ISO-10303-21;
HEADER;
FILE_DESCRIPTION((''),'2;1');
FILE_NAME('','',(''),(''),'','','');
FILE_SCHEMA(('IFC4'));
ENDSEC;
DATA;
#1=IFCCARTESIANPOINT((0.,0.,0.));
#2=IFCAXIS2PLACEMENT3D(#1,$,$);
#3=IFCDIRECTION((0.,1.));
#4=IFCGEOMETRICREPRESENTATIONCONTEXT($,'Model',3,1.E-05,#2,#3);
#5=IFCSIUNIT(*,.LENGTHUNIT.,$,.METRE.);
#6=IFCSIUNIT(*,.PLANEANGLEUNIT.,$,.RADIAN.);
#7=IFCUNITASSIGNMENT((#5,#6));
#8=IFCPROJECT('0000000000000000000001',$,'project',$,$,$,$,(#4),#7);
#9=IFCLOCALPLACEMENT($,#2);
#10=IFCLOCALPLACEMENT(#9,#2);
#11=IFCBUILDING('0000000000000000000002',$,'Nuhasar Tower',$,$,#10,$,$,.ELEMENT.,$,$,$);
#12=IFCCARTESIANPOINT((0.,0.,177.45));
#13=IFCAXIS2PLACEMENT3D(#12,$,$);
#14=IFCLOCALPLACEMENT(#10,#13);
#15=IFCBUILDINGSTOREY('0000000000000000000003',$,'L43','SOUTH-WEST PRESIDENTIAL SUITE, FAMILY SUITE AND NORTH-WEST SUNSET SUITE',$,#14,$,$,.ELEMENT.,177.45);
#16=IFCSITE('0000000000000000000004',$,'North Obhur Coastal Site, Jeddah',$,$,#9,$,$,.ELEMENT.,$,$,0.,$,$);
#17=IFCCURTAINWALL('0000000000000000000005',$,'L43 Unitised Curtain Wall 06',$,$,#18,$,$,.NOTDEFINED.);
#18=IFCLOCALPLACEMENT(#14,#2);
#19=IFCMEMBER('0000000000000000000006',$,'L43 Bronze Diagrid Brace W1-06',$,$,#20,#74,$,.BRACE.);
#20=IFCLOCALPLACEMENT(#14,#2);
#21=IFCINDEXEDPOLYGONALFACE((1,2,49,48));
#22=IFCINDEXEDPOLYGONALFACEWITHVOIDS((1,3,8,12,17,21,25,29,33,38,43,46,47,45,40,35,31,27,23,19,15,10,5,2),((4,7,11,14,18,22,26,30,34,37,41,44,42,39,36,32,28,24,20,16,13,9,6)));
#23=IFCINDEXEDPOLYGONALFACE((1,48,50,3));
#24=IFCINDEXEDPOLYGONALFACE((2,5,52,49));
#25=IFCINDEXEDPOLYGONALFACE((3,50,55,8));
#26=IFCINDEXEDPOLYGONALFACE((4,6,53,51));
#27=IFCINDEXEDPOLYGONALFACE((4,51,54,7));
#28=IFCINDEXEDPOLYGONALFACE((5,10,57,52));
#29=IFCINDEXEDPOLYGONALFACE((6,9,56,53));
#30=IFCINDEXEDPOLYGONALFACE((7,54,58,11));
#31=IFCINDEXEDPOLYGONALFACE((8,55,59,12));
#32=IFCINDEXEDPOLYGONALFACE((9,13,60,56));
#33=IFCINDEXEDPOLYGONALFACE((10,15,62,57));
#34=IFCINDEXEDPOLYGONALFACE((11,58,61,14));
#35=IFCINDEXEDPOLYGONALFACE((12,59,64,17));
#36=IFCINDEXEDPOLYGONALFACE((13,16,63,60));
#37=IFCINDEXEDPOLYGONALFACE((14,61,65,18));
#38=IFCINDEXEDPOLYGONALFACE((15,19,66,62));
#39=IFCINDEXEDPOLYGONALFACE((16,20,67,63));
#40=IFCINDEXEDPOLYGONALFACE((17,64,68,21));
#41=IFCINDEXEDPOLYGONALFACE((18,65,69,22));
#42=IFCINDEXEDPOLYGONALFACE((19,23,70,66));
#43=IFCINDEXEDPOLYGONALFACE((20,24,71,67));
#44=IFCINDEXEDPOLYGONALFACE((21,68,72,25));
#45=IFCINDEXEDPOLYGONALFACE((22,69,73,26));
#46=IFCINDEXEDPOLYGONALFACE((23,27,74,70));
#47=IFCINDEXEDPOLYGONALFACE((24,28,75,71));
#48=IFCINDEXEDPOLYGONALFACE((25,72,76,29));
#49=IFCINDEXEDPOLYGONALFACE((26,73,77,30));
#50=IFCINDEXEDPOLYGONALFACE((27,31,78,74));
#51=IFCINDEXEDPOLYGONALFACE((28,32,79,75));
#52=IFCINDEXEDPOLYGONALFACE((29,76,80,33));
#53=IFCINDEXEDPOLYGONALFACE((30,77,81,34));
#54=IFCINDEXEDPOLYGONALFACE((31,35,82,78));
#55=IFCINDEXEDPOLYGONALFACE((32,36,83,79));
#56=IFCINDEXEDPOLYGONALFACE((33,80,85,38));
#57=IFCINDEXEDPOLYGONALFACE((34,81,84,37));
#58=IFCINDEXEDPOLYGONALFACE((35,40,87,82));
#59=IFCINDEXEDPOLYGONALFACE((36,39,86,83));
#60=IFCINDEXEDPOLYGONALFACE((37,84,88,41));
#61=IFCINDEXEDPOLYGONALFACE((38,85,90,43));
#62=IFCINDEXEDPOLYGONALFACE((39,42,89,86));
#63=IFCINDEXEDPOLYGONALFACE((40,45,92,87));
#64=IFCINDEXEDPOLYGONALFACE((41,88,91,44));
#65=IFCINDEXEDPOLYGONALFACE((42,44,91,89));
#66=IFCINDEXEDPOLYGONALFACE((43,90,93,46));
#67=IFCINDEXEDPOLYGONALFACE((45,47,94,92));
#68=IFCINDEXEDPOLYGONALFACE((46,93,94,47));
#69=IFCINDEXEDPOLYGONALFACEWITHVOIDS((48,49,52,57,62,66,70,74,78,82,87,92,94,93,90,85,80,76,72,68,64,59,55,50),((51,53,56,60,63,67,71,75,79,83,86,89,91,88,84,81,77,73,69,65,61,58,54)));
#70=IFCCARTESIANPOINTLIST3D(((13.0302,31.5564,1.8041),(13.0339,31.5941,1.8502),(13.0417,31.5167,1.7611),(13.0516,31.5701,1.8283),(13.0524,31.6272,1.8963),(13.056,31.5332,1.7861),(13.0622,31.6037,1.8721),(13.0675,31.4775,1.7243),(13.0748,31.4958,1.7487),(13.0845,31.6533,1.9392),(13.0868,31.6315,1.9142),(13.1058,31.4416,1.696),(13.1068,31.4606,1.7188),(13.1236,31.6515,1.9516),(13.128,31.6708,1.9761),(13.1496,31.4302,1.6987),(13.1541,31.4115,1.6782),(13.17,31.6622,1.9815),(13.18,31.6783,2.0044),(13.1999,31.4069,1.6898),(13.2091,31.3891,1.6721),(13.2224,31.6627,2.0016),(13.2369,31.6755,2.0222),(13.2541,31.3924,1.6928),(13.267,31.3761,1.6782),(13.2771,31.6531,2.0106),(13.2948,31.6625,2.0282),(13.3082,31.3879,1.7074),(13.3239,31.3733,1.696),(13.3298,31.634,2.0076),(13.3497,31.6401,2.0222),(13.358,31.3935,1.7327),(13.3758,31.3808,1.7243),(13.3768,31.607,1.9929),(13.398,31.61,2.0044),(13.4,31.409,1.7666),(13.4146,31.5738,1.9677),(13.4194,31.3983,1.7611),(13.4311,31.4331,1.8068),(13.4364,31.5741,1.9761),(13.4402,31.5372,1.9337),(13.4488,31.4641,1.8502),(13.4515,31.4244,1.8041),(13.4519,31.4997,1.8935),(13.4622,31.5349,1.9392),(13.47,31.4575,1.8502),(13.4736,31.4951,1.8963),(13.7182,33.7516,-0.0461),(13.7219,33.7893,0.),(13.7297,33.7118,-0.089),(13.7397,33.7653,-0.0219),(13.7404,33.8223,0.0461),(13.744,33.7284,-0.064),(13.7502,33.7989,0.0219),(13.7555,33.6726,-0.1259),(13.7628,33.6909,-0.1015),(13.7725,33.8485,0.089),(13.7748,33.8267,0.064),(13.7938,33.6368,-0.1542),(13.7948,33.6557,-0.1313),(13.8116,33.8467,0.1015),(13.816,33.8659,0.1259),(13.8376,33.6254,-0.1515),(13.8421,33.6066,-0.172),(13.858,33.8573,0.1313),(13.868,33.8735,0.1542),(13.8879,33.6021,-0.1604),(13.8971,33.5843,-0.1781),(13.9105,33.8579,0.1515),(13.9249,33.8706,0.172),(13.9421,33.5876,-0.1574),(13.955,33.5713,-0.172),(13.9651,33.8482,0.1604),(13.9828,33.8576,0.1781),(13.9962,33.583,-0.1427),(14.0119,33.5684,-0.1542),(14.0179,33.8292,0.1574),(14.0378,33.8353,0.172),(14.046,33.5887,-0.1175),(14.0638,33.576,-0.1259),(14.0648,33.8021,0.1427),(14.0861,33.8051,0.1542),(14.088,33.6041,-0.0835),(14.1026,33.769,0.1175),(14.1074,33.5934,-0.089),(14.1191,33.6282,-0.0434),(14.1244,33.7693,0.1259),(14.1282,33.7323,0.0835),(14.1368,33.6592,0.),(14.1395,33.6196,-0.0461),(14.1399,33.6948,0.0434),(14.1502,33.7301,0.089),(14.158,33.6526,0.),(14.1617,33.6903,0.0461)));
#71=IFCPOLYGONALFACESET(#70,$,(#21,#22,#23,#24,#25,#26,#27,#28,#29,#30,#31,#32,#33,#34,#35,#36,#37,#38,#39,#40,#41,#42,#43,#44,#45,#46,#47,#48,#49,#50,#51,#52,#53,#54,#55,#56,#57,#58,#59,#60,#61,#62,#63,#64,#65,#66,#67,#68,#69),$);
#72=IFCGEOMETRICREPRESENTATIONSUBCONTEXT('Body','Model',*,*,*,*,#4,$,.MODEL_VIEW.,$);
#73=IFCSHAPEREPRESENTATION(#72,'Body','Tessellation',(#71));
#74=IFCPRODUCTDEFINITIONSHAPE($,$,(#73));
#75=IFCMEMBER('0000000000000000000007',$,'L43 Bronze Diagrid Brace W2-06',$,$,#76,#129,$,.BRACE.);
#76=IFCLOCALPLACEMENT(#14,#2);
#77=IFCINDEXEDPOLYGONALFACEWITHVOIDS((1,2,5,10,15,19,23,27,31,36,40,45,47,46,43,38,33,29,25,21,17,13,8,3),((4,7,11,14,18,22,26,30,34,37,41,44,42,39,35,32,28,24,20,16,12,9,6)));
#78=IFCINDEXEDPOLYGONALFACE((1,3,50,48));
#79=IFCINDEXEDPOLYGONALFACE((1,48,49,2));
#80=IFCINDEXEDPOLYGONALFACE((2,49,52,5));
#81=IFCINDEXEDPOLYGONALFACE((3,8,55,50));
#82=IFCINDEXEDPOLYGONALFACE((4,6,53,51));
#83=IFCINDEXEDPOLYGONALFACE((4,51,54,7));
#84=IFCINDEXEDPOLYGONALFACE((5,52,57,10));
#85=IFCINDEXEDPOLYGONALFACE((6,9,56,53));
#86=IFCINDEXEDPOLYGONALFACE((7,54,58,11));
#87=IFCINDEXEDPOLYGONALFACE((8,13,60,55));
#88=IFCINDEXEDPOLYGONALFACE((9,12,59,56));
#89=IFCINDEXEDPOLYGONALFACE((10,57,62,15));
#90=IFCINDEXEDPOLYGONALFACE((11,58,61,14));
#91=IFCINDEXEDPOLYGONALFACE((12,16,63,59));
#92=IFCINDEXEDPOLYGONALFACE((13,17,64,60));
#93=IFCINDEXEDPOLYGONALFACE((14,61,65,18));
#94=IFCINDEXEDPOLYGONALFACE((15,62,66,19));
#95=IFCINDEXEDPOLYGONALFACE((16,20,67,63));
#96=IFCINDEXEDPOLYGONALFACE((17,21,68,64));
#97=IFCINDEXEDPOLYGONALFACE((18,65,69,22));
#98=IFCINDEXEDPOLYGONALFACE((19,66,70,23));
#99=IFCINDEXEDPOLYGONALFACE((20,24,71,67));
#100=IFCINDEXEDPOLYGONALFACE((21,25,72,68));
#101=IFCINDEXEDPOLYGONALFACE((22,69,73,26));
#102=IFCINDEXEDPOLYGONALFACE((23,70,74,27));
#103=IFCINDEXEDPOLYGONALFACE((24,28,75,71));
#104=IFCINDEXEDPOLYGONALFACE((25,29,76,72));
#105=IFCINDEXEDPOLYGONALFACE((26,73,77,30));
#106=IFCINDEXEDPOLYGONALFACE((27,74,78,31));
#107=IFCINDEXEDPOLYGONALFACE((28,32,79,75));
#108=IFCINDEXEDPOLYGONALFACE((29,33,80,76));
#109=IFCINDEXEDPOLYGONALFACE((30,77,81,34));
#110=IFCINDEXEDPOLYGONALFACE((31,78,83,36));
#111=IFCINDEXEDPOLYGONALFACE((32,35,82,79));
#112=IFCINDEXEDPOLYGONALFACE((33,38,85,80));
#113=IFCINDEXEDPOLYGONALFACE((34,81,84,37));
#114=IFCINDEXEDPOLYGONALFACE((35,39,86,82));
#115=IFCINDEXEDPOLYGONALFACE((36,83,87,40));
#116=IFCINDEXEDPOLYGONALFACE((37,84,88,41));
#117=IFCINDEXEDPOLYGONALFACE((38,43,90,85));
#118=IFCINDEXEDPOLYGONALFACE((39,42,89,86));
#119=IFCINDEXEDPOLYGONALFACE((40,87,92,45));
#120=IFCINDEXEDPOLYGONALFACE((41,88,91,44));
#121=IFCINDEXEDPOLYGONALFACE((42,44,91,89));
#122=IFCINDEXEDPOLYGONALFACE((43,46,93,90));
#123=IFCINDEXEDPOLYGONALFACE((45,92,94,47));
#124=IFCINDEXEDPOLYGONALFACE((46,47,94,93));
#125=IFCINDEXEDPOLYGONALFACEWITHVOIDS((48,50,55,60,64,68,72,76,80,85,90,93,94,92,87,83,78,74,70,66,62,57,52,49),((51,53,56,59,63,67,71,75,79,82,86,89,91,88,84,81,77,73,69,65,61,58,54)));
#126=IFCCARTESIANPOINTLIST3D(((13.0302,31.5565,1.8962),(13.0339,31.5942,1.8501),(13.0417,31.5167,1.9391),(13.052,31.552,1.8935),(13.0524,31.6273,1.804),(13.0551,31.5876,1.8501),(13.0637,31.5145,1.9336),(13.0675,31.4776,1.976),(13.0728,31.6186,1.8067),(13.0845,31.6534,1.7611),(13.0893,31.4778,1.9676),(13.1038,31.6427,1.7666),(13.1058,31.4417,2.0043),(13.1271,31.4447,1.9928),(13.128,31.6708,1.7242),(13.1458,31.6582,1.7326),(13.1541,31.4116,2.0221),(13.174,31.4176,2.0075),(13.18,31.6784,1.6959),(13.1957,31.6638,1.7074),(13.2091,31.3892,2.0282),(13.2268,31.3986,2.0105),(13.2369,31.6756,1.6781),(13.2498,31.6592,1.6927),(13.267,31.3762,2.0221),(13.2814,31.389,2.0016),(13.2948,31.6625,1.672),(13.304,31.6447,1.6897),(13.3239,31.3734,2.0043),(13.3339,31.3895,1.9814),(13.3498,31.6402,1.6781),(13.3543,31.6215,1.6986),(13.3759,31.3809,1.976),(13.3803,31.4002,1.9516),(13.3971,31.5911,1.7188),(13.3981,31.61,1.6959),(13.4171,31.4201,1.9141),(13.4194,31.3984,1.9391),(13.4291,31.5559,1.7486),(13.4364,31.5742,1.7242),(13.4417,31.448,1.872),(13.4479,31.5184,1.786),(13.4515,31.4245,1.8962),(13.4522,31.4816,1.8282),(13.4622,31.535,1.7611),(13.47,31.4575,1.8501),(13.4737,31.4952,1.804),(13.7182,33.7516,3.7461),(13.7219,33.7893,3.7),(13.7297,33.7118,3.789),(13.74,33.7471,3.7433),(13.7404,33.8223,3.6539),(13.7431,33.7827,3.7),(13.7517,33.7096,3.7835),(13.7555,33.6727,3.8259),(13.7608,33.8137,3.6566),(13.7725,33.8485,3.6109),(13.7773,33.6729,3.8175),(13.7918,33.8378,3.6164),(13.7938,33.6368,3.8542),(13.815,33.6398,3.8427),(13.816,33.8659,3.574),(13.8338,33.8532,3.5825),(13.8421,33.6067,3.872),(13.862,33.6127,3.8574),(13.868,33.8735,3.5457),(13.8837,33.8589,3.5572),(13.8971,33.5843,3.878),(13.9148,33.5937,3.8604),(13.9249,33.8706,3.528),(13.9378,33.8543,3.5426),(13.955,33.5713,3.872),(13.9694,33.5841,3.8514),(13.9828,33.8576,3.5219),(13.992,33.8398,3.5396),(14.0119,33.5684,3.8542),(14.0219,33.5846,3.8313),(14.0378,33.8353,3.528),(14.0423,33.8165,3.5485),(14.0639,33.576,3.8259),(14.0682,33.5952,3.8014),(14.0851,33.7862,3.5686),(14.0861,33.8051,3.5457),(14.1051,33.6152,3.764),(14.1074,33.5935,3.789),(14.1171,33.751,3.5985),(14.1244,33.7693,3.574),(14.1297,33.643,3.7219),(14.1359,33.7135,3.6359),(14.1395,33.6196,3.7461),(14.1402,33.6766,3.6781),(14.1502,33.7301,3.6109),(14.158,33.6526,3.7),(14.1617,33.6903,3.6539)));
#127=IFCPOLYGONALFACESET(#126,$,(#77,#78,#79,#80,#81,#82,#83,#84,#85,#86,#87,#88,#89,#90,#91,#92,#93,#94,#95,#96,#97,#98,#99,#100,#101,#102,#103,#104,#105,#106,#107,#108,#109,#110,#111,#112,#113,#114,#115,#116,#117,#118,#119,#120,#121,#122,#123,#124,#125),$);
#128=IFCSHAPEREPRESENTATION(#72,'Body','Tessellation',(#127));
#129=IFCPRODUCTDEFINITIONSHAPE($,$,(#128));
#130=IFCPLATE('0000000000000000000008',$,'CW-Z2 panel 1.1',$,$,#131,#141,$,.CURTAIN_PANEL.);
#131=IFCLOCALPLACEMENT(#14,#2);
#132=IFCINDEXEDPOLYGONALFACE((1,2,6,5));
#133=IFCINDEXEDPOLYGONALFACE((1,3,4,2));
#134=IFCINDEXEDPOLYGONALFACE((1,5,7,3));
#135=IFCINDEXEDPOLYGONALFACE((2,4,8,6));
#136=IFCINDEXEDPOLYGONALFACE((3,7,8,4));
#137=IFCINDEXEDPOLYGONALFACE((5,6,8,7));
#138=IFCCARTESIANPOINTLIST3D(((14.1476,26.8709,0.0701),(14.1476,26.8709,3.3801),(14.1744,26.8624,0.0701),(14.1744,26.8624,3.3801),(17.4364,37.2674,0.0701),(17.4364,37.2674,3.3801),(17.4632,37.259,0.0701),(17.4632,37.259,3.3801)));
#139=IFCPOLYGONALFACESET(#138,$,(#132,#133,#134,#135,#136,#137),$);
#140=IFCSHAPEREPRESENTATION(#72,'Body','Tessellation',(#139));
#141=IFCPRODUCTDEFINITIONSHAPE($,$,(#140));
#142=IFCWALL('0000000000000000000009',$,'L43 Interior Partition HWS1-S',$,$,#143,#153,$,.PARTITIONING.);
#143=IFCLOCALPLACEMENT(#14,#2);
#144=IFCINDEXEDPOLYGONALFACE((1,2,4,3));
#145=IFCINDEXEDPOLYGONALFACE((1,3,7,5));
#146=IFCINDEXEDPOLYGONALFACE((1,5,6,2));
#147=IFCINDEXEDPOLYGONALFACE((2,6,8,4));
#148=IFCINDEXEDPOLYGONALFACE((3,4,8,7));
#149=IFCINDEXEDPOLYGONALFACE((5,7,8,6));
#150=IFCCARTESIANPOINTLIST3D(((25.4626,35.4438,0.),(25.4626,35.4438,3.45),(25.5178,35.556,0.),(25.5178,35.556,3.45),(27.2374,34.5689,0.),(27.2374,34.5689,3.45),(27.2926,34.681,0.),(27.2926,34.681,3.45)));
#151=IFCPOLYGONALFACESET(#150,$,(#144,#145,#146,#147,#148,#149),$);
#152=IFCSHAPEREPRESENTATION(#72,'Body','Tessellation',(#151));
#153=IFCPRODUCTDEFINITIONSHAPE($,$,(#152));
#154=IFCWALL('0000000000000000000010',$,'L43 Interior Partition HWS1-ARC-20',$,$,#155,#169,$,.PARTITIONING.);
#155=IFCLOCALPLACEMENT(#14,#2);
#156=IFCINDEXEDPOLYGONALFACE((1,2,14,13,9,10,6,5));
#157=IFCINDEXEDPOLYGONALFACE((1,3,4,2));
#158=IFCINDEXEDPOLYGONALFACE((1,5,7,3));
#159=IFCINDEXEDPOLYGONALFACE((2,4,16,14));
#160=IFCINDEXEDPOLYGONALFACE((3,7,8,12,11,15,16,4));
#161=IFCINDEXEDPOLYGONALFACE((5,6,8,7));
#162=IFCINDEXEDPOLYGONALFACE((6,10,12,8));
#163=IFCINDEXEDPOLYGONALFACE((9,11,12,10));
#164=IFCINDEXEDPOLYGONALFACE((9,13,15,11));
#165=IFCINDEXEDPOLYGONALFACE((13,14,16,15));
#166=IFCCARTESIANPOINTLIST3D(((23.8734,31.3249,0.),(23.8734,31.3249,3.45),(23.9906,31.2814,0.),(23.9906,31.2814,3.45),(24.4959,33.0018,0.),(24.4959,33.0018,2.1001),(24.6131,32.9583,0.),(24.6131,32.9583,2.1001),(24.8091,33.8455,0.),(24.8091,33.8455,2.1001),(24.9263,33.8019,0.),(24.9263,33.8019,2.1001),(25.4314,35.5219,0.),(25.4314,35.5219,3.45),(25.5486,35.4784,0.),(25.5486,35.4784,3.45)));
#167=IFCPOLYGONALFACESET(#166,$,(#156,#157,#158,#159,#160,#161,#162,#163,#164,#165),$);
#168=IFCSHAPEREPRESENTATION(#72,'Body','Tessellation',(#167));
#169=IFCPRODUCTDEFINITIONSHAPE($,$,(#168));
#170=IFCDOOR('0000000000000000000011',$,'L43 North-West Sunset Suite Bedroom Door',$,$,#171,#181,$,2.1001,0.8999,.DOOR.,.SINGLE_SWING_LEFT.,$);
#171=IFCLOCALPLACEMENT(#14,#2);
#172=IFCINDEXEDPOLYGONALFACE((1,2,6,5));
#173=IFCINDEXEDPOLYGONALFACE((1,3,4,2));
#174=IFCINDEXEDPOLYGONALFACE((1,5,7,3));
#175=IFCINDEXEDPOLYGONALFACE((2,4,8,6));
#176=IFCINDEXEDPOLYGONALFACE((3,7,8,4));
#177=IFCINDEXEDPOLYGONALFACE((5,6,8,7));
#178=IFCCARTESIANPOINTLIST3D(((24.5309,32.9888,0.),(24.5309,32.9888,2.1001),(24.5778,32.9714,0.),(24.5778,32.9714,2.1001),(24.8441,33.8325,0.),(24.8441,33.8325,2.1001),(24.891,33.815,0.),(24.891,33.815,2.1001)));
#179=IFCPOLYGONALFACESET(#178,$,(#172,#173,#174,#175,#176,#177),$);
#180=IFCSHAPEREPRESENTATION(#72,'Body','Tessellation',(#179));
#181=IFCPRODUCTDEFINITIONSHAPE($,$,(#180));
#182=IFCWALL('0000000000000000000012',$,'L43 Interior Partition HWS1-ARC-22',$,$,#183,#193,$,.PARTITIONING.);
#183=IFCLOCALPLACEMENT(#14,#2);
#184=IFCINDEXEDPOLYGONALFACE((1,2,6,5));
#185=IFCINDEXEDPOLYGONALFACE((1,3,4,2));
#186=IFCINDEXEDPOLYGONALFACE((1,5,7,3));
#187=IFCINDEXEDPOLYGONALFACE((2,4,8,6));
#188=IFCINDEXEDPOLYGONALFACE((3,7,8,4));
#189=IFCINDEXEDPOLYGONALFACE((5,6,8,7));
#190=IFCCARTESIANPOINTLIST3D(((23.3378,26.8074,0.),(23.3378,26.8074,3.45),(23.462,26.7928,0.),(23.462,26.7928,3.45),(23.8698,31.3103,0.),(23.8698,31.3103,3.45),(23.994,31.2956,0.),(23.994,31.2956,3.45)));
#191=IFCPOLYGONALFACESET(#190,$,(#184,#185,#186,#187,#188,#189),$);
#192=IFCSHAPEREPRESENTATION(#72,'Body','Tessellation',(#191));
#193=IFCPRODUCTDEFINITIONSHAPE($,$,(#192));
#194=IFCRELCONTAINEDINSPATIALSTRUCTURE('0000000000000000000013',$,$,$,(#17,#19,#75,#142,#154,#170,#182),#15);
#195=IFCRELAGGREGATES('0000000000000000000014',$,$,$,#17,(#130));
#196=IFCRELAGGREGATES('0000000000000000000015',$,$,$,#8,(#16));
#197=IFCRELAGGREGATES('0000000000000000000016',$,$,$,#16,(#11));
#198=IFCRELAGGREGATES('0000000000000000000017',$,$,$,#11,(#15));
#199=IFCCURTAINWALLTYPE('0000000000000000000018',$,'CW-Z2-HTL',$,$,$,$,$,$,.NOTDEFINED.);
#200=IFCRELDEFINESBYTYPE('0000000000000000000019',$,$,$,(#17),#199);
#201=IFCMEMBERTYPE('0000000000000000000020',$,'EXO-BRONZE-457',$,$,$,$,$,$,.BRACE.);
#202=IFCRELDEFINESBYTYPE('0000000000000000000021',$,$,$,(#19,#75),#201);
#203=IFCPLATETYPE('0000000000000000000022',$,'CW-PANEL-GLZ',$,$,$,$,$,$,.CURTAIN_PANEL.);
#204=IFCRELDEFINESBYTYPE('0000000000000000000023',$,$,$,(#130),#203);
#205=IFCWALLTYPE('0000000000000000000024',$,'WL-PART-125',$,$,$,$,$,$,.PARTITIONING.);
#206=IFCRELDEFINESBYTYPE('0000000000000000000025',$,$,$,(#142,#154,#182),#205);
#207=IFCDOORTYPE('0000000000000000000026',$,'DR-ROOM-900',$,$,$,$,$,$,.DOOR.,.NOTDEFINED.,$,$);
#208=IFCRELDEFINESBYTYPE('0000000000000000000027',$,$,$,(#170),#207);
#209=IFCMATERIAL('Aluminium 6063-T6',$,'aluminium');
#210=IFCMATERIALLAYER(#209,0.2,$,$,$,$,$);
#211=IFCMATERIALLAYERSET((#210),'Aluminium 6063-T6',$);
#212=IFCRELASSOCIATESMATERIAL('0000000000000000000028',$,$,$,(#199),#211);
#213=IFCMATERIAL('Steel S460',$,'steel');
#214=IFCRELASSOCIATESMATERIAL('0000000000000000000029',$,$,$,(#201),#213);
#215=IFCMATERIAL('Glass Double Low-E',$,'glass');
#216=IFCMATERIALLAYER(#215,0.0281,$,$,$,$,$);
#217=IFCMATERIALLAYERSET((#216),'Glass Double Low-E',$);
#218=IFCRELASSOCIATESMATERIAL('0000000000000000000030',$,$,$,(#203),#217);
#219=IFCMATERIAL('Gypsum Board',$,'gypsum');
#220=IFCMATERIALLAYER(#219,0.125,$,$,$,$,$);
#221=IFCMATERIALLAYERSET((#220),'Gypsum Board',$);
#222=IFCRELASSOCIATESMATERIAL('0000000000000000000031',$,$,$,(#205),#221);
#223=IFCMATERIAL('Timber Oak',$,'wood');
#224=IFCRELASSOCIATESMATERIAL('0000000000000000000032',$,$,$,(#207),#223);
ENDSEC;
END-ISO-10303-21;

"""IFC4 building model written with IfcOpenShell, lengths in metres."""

from ifc_helpers import new_model, si_unit, direction, frame, frame_2d, origin, origin_2d, place, context, subcontext, project, spatial, rectangle, hollow_circle, extrude, material, layer, layer_set, material_profile, profile_set, type_object, element, fill, aggregate, save


model = new_model("IFC4")

# Units and contexts
model_context = context("Model", 3, precision=1e-05, world=origin(), true_north=direction((0.0, 1.0)))
body_context = subcontext(model_context, "Body", "Model", "MODEL_VIEW")
ifc_project = project(units=[si_unit("LENGTHUNIT", "METRE"), si_unit("PLANEANGLEUNIT", "RADIAN")], contexts=[model_context])

# Site, building, storey
site_placement = place(None, origin())
site = spatial("IfcSite", under=ifc_project, at=site_placement, Name="North Obhur Coastal Site, Jeddah", CompositionType="ELEMENT", RefElevation=0.0)
building_placement = place(site_placement, origin())
building = spatial("IfcBuilding", under=site, at=building_placement, Name="Nuhasar Tower", CompositionType="ELEMENT")
storey_placement = place(building_placement, frame((0.0, 0.0, 177.45)))
storey = spatial("IfcBuildingStorey", under=building, at=storey_placement, Name="L43", Description="SOUTH-WEST PRESIDENTIAL SUITE, FAMILY SUITE AND NORTH-WEST SUNSET SUITE", CompositionType="ELEMENT", Elevation=177.45)

# Curtain wall
ifc_material_1 = material(Name="Aluminium 6063-T6", Category="aluminium")
ifc_layer_1 = layer(ifc_material_1, 0.2)
ifc_layer_set_1 = layer_set([ifc_layer_1], Name="Aluminium 6063-T6")
curtain_wall_type = type_object("IfcCurtainWallType", Name="CW-Z2-HTL", PredefinedType="NOTDEFINED", material=ifc_layer_set_1)
curtain_wall_placement = place(storey_placement, origin())
curtain_wall = element("IfcCurtainWall", 1, at=curtain_wall_placement, inside=storey, type_object=curtain_wall_type, Name="L43 Unitised Curtain Wall 06", PredefinedType="NOTDEFINED")

# Members
ifc_material_2 = material(Name="Steel S460", Category="steel")
ifc_material_profile_1 = material_profile(ifc_material_2, hollow_circle(Radius=0.2285, WallThickness=0.0222, at=origin_2d()), Name="HSS457X22.2")
ifc_profile_set_1 = profile_set([ifc_material_profile_1], Name="Steel S460")
member_type_1 = type_object("IfcMemberType", Name="EXO-BRONZE-457", PredefinedType="BRACE", material=ifc_profile_set_1)
member_1_placement = place(storey_placement, frame((13.9399, 33.7209, 0.0), z_axis=(-0.233056, -0.743578, 0.626719), x_axis=(0.954228, -0.299079, 0.0)))
element("IfcMember", 2, at=member_1_placement, inside=storey, type_object=member_type_1, Name="L43 Bronze Diagrid Brace W1-06", PredefinedType="BRACE", context=body_context, shape_type="SweptSolid", body=[
    extrude(hollow_circle(Radius=0.2285, WallThickness=0.0222, at=origin_2d()), origin(), (0.0, 0.0, 1.0), 2.9521),
])
member_2_placement = place(storey_placement, frame((13.252, 31.5259, 1.8501), z_axis=(0.233068, 0.743616, 0.626669), x_axis=(-0.954228, 0.299079, 0.0)))
element("IfcMember", 3, at=member_2_placement, inside=storey, type_object=member_type_1, Name="L43 Bronze Diagrid Brace W2-06", PredefinedType="BRACE", context=body_context, shape_type="SweptSolid", body=[
    extrude(hollow_circle(Radius=0.2285, WallThickness=0.0222, at=origin_2d()), origin(), (0.0, 0.0, 1.0), 2.9519),
])

# Plate
ifc_material_3 = material(Name="Glass Double Low-E", Category="glass")
ifc_layer_2 = layer(ifc_material_3, 0.0281)
ifc_layer_set_2 = layer_set([ifc_layer_2], Name="Glass Double Low-E")
plate_type = type_object("IfcPlateType", Name="CW-PANEL-GLZ", PredefinedType="CURTAIN_PANEL", material=ifc_layer_set_2)
plate_placement = place(storey_placement, frame((15.8054, 32.0649, 0.0701), z_axis=(0.0, 0.0, 1.0), x_axis=(-0.301604, -0.953433, 0.0)))
plate = element("IfcPlate", 4, at=plate_placement, type_object=plate_type, Name="CW-Z2 panel 1.1", PredefinedType="CURTAIN_PANEL", context=body_context, shape_type="SweptSolid", body=[
    extrude(rectangle(XDim=10.9043, YDim=0.0281, at=origin_2d()), origin(), (0.0, 0.0, 1.0), 3.3101),
])
aggregate(curtain_wall, [plate])

# Shared definitions
ifc_material_4 = material(Name="Gypsum Board", Category="gypsum")
ifc_material_5 = material(Name="Timber Oak", Category="wood")

# Wall
ifc_layer_3 = layer(ifc_material_4, 0.125)
ifc_layer_set_3 = layer_set([ifc_layer_3], Name="Gypsum Board")
wall_type_1 = type_object("IfcWallType", Name="WL-PART-125", PredefinedType="PARTITIONING", material=ifc_layer_set_3)
wall_1_placement = place(storey_placement, frame((27.2649, 34.625, 0.0), z_axis=(0.0, 0.0, 1.0), x_axis=(-0.89693, 0.442173, 0.0)))
element("IfcWall", 5, at=wall_1_placement, inside=storey, type_object=wall_type_1, Name="L43 Interior Partition HWS1-S", PredefinedType="PARTITIONING", context=body_context, shape_type="SweptSolid", body=[
    extrude(rectangle(XDim=1.9788, YDim=0.125, at=frame_2d((0.9893, 0.0))), origin(), (0.0, 0.0, 1.0), 3.45),
])

# Wall, opening, door
wall_2_placement = place(storey_placement, frame((25.49, 35.5, 0.0), z_axis=(0.0, 0.0, 1.0), x_axis=(-0.348032, -0.937483, 0.0)))
wall_2 = element("IfcWall", 6, at=wall_2_placement, inside=storey, type_object=wall_type_1, Name="L43 Interior Partition HWS1-ARC-20", PredefinedType="PARTITIONING", context=body_context, shape_type="SweptSolid", body=[
    extrude(rectangle(XDim=4.4768, YDim=0.125, at=frame_2d((2.2383, 0.0))), origin(), (0.0, 0.0, 1.0), 3.45),
])
opening_1_placement = place(wall_2_placement, frame((1.7881, 0.0, 0.0)))
opening_1 = element("IfcOpeningElement", 7, at=opening_1_placement, cuts=wall_2, PredefinedType="OPENING", context=body_context, shape_type="SweptSolid", body=[
    extrude(rectangle(XDim=0.8999, YDim=2.1001, at=frame_2d((0.45, 1.05))), frame((0.0, 0.0725, 0.0), z_axis=(0.0, -1.0, 0.0), x_axis=(1.0, 0.0, 0.0)), (0.0, 0.0, 1.0), 0.145),
])
door_type_1 = type_object("IfcDoorType", Name="DR-ROOM-900", OperationType="NOTDEFINED", PredefinedType="DOOR", material=ifc_material_5)
door_1_placement = place(opening_1_placement, origin())
door_1 = element("IfcDoor", 8, at=door_1_placement, inside=storey, type_object=door_type_1, Name="L43 North-West Sunset Suite Bedroom Door", OperationType="SINGLE_SWING_LEFT", OverallHeight=2.1001, OverallWidth=0.8999, PredefinedType="DOOR", context=body_context, shape_type="SweptSolid", body=[
    extrude(rectangle(XDim=0.8999, YDim=2.1001, at=frame_2d((0.45, 1.05))), frame((0.0, 0.0249, 0.0), z_axis=(0.0, -1.0, 0.0), x_axis=(1.0, 0.0, 0.0)), (0.0, 0.0, 1.0), 0.05),
])
fill(opening_1, door_1)

# Wall
for number, where, z_axis, x_axis, name in (
    (9, (23.9319, 31.303, 0.0), (0.0, 0.0, 1.0), (-0.117325, -0.993094, 0.0), "L43 Interior Partition HWS1-ARC-22"),
):
    element("IfcWall", number, at=place(storey_placement, frame(where, z_axis=z_axis, x_axis=x_axis)), inside=storey, type_object=wall_type_1, Name=name, PredefinedType="PARTITIONING", context=body_context, shape_type="SweptSolid", body=[
        extrude(rectangle(XDim=4.5342, YDim=0.125, at=frame_2d((2.2671, 0.0))), origin(), (0.0, 0.0, 1.0), 3.45),
    ])

save(model, "model.ifc")
